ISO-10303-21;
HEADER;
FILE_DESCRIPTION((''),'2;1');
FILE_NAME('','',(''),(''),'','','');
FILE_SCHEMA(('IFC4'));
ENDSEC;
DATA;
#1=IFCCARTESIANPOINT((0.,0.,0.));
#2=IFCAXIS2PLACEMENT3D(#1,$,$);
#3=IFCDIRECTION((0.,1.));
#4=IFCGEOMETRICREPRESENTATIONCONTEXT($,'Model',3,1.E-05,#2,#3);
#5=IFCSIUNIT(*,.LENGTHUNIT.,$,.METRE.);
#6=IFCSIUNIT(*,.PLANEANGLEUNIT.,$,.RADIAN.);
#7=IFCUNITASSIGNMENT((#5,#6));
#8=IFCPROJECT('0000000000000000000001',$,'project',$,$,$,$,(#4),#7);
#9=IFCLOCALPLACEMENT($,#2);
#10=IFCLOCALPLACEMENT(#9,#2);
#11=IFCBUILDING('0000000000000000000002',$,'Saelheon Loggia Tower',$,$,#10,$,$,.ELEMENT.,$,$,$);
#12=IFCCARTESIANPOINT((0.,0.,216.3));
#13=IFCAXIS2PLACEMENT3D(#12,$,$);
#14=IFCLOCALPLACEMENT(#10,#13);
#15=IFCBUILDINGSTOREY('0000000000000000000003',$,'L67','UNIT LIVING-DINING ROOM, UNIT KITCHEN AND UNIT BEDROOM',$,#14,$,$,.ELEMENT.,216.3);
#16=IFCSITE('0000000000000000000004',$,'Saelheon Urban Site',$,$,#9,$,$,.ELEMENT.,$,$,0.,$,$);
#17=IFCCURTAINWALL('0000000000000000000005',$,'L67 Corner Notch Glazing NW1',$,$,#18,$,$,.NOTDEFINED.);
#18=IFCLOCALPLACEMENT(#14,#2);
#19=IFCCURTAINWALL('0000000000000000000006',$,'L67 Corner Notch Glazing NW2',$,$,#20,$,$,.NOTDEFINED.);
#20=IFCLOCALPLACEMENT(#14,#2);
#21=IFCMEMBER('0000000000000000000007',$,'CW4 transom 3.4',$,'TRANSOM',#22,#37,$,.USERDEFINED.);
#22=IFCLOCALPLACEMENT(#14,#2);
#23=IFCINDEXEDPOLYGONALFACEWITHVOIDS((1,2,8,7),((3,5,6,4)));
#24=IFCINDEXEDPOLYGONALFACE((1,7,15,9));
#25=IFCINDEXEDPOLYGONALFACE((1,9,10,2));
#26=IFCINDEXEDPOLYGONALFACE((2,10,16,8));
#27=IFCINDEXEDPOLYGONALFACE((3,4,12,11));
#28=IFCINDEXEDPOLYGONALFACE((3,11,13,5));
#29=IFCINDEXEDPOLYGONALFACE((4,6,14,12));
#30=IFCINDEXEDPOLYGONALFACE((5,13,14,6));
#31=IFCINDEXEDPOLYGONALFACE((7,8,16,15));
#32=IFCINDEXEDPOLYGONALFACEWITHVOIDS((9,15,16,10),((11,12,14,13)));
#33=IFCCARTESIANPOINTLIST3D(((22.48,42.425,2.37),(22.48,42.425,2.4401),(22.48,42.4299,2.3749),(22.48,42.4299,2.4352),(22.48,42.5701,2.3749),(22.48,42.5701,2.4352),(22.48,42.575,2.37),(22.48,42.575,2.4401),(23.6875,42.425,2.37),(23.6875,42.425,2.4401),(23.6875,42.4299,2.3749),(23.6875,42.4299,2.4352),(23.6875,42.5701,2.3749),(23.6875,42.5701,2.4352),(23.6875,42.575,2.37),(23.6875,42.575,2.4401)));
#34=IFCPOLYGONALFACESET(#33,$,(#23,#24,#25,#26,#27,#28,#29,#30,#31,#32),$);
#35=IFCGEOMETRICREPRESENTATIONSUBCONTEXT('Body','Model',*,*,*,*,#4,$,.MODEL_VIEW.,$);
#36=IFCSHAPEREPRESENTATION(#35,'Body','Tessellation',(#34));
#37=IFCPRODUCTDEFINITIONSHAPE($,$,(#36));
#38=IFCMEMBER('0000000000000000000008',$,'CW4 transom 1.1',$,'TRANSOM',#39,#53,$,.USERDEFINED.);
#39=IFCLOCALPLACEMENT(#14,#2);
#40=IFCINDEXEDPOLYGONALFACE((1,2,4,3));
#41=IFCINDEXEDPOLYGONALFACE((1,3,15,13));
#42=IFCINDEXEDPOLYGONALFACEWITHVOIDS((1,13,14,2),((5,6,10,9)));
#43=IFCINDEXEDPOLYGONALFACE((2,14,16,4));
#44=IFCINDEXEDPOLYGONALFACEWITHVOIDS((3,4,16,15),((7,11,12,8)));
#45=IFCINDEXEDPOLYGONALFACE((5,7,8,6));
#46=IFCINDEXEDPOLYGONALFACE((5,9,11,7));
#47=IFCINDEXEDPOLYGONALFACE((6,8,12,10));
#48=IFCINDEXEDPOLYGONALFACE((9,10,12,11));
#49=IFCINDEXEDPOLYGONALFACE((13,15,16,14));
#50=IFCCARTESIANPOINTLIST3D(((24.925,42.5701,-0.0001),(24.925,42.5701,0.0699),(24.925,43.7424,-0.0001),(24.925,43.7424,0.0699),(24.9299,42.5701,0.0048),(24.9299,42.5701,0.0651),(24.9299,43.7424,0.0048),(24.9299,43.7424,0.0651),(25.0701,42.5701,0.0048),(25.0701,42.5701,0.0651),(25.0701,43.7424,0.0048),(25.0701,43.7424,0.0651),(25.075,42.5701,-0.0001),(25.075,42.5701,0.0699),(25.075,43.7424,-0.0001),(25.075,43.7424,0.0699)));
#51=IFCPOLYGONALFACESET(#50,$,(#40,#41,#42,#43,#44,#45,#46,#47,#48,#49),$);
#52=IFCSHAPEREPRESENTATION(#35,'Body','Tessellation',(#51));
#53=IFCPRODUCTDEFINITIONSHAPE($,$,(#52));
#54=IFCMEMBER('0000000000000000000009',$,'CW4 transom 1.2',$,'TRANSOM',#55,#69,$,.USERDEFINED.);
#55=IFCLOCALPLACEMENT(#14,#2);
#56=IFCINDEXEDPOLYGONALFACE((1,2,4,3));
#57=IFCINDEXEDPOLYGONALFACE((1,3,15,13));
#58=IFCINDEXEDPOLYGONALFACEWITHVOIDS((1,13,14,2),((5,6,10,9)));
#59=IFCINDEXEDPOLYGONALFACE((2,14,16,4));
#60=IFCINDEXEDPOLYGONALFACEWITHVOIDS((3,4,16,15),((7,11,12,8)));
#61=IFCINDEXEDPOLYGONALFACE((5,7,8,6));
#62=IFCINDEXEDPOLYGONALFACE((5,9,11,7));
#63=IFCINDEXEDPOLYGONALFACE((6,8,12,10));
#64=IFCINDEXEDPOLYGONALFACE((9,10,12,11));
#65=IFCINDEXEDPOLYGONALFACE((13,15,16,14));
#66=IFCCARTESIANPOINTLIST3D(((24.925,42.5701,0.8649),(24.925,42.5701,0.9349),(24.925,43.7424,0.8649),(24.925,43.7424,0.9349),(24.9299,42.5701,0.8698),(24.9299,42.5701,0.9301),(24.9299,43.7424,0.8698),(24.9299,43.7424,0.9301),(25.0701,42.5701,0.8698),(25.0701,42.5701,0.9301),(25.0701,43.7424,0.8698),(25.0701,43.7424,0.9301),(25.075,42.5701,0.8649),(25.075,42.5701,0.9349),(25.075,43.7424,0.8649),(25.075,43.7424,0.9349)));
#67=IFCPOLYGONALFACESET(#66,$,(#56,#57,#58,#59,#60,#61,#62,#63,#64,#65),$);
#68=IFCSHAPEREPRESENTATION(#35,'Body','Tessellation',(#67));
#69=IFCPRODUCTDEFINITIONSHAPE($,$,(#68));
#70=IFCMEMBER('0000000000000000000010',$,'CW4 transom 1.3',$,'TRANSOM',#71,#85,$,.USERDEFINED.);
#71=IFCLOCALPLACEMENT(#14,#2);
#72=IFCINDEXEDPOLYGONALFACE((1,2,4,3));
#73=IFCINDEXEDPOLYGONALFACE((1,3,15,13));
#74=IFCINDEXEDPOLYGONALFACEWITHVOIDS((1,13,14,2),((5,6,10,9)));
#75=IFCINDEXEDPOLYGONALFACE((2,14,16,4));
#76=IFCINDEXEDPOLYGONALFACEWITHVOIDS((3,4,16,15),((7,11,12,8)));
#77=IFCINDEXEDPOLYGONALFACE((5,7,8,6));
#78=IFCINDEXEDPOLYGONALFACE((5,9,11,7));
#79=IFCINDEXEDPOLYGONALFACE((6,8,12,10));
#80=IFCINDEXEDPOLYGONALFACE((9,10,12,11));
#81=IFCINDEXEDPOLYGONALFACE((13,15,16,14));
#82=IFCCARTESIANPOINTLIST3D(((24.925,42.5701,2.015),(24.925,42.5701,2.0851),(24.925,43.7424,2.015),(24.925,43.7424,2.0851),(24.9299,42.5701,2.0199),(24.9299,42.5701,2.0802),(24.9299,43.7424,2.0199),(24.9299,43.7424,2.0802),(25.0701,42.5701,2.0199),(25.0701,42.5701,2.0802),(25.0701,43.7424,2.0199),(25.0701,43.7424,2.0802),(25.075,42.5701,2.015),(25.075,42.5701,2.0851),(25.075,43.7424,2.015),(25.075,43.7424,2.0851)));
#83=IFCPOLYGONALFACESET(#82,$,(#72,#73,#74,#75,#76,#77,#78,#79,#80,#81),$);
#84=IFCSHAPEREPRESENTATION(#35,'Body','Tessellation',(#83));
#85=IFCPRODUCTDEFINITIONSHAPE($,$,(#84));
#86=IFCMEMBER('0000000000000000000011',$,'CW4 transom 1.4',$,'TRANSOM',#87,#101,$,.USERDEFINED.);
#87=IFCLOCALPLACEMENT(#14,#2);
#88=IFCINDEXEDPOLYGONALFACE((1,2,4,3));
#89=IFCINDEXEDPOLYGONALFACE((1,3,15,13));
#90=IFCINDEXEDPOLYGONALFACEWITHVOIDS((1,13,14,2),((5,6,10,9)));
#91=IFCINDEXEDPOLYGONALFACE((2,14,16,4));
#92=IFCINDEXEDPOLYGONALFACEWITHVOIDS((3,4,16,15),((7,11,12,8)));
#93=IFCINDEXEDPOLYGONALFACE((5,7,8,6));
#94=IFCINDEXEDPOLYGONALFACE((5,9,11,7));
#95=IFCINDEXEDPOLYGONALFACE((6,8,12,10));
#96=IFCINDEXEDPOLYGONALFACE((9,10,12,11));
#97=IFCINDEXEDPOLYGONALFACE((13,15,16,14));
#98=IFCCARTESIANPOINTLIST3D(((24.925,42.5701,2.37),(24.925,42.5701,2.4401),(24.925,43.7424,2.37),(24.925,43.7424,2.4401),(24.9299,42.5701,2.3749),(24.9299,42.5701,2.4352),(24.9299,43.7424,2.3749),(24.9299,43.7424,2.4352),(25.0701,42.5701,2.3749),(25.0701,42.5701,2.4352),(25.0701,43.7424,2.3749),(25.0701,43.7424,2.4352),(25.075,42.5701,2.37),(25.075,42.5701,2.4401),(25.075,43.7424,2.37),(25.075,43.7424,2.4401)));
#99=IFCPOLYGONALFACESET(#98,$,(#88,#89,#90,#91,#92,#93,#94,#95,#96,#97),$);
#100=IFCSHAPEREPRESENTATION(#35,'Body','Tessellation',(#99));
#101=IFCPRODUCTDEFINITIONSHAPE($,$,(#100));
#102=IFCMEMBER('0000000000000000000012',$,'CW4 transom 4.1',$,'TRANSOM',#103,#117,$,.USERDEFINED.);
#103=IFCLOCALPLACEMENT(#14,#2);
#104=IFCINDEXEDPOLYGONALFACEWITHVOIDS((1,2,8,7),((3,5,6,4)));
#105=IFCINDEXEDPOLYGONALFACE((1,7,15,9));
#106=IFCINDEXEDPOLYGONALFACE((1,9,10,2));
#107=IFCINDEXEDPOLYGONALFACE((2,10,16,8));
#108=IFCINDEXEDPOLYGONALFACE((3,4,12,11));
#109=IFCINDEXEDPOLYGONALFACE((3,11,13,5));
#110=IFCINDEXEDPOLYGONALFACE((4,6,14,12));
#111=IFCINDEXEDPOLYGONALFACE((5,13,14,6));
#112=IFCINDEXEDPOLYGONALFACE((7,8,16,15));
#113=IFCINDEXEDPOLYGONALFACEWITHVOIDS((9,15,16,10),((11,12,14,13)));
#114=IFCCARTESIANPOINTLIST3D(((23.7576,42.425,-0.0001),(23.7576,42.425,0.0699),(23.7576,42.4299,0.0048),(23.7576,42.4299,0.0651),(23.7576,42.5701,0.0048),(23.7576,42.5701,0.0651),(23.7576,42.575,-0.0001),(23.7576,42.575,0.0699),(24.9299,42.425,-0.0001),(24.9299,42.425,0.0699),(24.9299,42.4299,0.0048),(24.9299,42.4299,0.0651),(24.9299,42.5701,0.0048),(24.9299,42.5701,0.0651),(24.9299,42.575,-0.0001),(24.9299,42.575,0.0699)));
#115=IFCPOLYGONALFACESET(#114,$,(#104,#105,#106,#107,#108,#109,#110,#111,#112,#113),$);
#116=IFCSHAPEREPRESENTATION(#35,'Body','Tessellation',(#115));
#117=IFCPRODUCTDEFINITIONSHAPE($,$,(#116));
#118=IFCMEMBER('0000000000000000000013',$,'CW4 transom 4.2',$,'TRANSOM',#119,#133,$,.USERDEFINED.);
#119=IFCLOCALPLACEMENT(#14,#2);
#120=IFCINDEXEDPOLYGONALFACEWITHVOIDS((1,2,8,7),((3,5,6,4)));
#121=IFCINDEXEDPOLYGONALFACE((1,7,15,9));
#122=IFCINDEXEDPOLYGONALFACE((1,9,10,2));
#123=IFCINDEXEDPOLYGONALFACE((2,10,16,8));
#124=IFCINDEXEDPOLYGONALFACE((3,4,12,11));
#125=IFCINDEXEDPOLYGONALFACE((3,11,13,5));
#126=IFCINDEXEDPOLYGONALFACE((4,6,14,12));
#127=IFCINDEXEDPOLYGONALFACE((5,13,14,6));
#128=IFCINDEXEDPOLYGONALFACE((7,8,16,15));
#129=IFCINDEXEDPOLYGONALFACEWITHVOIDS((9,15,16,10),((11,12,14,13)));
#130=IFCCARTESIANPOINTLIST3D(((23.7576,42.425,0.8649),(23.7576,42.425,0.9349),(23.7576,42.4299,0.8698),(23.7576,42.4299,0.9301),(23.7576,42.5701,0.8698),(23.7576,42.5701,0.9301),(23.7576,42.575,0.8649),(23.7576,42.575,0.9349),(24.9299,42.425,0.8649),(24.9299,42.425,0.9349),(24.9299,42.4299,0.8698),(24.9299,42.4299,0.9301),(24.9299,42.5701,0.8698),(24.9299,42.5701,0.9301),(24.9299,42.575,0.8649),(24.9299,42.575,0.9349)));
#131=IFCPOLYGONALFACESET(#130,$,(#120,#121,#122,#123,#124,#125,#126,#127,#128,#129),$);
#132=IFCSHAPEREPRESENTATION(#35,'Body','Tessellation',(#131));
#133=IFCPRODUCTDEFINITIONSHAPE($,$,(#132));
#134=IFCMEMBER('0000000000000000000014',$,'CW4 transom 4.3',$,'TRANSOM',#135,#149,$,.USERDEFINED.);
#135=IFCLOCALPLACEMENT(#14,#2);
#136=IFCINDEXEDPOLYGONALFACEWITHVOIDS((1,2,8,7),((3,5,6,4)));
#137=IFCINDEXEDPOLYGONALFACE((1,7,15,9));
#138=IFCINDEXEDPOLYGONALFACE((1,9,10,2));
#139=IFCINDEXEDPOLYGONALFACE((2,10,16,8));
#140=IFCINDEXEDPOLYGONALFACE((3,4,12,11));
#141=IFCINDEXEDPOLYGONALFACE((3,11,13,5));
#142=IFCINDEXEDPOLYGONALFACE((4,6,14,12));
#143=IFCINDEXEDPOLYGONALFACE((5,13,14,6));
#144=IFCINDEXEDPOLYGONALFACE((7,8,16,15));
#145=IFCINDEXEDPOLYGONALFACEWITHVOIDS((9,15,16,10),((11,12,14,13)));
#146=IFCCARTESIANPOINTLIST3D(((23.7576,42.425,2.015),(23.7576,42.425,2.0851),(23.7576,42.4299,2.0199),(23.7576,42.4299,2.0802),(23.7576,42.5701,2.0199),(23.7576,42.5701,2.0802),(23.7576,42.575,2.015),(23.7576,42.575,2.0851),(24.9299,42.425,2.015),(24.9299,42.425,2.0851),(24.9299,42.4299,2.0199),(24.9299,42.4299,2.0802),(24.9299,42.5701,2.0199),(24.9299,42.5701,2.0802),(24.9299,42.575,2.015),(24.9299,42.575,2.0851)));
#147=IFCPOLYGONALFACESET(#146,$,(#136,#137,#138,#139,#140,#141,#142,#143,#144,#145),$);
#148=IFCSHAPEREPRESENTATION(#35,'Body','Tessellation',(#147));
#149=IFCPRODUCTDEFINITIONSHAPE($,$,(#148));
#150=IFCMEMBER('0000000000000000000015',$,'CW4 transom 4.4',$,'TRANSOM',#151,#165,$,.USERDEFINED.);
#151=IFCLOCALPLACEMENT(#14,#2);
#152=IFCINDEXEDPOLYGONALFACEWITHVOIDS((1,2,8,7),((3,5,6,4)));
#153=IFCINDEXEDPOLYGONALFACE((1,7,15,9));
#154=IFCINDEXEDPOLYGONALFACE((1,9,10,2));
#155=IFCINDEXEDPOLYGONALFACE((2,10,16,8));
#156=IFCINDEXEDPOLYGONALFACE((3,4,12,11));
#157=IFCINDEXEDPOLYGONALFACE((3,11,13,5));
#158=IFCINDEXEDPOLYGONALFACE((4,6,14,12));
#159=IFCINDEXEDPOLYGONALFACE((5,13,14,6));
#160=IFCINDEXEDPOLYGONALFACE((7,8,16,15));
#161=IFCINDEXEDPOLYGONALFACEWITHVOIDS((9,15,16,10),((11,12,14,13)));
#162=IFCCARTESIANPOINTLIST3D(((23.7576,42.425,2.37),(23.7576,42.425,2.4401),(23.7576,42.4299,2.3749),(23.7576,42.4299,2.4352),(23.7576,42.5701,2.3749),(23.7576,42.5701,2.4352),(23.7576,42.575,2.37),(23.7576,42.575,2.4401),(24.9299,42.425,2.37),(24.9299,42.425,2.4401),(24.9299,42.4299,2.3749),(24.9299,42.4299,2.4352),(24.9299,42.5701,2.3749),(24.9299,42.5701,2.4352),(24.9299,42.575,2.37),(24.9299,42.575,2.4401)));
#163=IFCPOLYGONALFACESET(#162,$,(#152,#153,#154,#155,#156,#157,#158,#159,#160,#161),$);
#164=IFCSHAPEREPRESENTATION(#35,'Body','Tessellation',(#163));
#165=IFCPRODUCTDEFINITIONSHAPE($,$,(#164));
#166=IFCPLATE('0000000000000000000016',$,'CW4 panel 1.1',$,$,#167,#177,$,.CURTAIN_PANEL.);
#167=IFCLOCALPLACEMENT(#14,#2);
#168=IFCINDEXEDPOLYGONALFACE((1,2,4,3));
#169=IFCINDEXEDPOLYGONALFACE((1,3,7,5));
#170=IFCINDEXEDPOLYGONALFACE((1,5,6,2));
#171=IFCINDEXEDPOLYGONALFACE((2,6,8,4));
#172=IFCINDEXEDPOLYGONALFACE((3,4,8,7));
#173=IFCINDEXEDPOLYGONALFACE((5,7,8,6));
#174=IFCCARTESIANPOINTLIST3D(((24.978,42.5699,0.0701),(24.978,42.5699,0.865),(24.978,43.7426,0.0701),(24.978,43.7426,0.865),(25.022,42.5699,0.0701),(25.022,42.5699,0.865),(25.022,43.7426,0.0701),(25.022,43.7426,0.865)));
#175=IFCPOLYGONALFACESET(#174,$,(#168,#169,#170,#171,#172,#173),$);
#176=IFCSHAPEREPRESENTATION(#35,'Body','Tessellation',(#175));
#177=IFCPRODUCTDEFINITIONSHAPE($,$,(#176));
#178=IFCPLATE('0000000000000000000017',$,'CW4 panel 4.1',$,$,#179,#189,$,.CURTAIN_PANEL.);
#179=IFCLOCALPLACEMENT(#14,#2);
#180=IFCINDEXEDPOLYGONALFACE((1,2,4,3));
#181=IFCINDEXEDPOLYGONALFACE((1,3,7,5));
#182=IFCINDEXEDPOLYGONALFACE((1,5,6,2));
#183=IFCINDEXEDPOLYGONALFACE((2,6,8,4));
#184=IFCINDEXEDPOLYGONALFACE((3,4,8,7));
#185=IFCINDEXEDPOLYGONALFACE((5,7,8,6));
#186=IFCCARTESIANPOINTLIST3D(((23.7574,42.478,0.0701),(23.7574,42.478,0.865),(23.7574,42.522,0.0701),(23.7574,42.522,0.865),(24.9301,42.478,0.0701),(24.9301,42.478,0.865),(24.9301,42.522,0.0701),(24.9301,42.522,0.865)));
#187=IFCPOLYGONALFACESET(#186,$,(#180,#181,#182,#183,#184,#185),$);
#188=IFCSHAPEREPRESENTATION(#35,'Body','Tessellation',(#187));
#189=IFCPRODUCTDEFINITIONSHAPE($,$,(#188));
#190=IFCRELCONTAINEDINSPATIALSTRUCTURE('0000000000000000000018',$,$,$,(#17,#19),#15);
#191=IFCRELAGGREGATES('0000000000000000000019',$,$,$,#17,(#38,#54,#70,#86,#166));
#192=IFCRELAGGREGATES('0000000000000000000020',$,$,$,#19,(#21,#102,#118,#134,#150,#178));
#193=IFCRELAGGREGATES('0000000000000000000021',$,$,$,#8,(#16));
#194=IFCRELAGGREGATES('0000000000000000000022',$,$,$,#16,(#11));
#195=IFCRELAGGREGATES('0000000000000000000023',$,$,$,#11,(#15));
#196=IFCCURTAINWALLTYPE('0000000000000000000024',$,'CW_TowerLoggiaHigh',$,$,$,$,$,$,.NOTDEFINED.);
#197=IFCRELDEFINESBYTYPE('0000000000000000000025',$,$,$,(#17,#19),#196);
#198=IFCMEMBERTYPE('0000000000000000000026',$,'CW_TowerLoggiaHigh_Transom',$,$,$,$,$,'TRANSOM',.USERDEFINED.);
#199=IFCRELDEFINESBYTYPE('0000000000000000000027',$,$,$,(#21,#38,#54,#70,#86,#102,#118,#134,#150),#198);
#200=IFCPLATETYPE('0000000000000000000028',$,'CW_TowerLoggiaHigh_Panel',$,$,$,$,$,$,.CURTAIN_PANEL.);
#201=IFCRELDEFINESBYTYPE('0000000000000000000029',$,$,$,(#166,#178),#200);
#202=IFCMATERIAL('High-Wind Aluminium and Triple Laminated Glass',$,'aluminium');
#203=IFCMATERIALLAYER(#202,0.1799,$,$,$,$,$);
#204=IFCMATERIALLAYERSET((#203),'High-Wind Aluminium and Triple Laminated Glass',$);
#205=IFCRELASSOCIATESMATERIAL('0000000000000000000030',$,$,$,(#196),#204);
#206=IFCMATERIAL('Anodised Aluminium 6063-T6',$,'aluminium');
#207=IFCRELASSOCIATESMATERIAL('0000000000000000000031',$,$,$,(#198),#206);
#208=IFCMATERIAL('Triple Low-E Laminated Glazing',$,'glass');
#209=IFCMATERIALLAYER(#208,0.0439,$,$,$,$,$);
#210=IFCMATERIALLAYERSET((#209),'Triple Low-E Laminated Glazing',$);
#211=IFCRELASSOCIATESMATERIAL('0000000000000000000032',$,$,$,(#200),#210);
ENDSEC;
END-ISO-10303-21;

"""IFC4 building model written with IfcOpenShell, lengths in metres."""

from ifc_helpers import new_model, si_unit, direction, frame, origin, origin_2d, place, context, subcontext, project, spatial, rectangle, hollow_rectangle, extrude, source, transform, mapped, material, layer, layer_set, material_profile, profile_set, type_object, element, aggregate, save


model = new_model("IFC4")

# Units and contexts
model_context = context("Model", 3, precision=1e-05, world=origin(), true_north=direction((0.0, 1.0)))
body_context = subcontext(model_context, "Body", "Model", "MODEL_VIEW")
ifc_project = project(units=[si_unit("LENGTHUNIT", "METRE"), si_unit("PLANEANGLEUNIT", "RADIAN")], contexts=[model_context])

# Site, building, storey
site_placement = place(None, origin())
site = spatial("IfcSite", under=ifc_project, at=site_placement, Name="Saelheon Urban Site", CompositionType="ELEMENT", RefElevation=0.0)
building_placement = place(site_placement, origin())
building = spatial("IfcBuilding", under=site, at=building_placement, Name="Saelheon Loggia Tower", CompositionType="ELEMENT")
storey_placement = place(building_placement, frame((0.0, 0.0, 216.3)))
storey = spatial("IfcBuildingStorey", under=building, at=storey_placement, Name="L67", Description="UNIT LIVING-DINING ROOM, UNIT KITCHEN AND UNIT BEDROOM", CompositionType="ELEMENT", Elevation=216.3)

# Curtain walls, member
ifc_material_1 = material(Name="High-Wind Aluminium and Triple Laminated Glass", Category="aluminium")
ifc_layer_1 = layer(ifc_material_1, 0.1799)
ifc_layer_set_1 = layer_set([ifc_layer_1], Name="High-Wind Aluminium and Triple Laminated Glass")
curtain_wall_type = type_object("IfcCurtainWallType", Name="CW_TowerLoggiaHigh", PredefinedType="NOTDEFINED", material=ifc_layer_set_1)
curtain_wall_1_placement = place(storey_placement, origin())
curtain_wall_1 = element("IfcCurtainWall", 1, at=curtain_wall_1_placement, inside=storey, type_object=curtain_wall_type, Name="L67 Corner Notch Glazing NW1", PredefinedType="NOTDEFINED")
ifc_material_2 = material(Name="Anodised Aluminium 6063-T6", Category="aluminium")
curtain_wall_2_placement = place(storey_placement, origin())
curtain_wall_2 = element("IfcCurtainWall", 2, at=curtain_wall_2_placement, inside=storey, type_object=curtain_wall_type, Name="L67 Corner Notch Glazing NW2", PredefinedType="NOTDEFINED")
ifc_material_profile_1 = material_profile(ifc_material_2, hollow_rectangle(XDim=0.0701, YDim=0.1499, WallThickness=0.0049, at=origin_2d()), Name="RHS-150x70x5")
ifc_profile_set_1 = profile_set([ifc_material_profile_1], Name="Anodised Aluminium 6063-T6")
member_type_1 = type_object("IfcMemberType", Name="CW_TowerLoggiaHigh_Transom", ElementType="TRANSOM", PredefinedType="USERDEFINED", material=ifc_profile_set_1)
shared_shape_1 = source(origin(), body_context, "Body", "SweptSolid", [
    extrude(hollow_rectangle(XDim=0.0701, YDim=0.1499, WallThickness=0.0049, at=origin_2d()), origin(), (0.0, 0.0, 1.0), 1.2075),
])
member_1_placement = place(storey_placement, frame((22.48, 42.5, 2.405), z_axis=(1.0, 0.0, 0.0), x_axis=(0.0, 0.0, 1.0)))
member_1 = element("IfcMember", 3, at=member_1_placement, type_object=member_type_1, Name="CW4 transom 3.4", ObjectType="TRANSOM", PredefinedType="USERDEFINED", context=body_context, shape_type="MappedRepresentation", body=[
    mapped(shared_shape_1, transform((0.0, 0.0, 0.0), scale=1.0)),
])

# Members
shared_shape_2 = source(origin(), body_context, "Body", "SweptSolid", [
    extrude(hollow_rectangle(XDim=0.0701, YDim=0.1499, WallThickness=0.0049, at=origin_2d()), origin(), (0.0, 0.0, 1.0), 1.1724),
])
member_2_placement = place(storey_placement, frame((25.0, 42.5701, 0.0349), z_axis=(0.0, 1.0, 0.0), x_axis=(0.0, 0.0, 1.0)))
member_2 = element("IfcMember", 4, at=member_2_placement, type_object=member_type_1, Name="CW4 transom 1.1", ObjectType="TRANSOM", PredefinedType="USERDEFINED", context=body_context, shape_type="MappedRepresentation", body=[
    mapped(shared_shape_2, transform((0.0, 0.0, 0.0), scale=1.0)),
])
member_3_placement = place(storey_placement, frame((25.0, 42.5701, 0.8999), z_axis=(0.0, 1.0, 0.0), x_axis=(0.0, 0.0, 1.0)))
member_3 = element("IfcMember", 5, at=member_3_placement, type_object=member_type_1, Name="CW4 transom 1.2", ObjectType="TRANSOM", PredefinedType="USERDEFINED", context=body_context, shape_type="MappedRepresentation", body=[
    mapped(shared_shape_2, transform((0.0, 0.0, 0.0), scale=1.0)),
])
member_4_placement = place(storey_placement, frame((25.0, 42.5701, 2.05), z_axis=(0.0, 1.0, 0.0), x_axis=(0.0, 0.0, 1.0)))
member_4 = element("IfcMember", 6, at=member_4_placement, type_object=member_type_1, Name="CW4 transom 1.3", ObjectType="TRANSOM", PredefinedType="USERDEFINED", context=body_context, shape_type="MappedRepresentation", body=[
    mapped(shared_shape_2, transform((0.0, 0.0, 0.0), scale=1.0)),
])
member_5_placement = place(storey_placement, frame((25.0, 42.5701, 2.405), z_axis=(0.0, 1.0, 0.0), x_axis=(0.0, 0.0, 1.0)))
member_5 = element("IfcMember", 7, at=member_5_placement, type_object=member_type_1, Name="CW4 transom 1.4", ObjectType="TRANSOM", PredefinedType="USERDEFINED", context=body_context, shape_type="MappedRepresentation", body=[
    mapped(shared_shape_2, transform((0.0, 0.0, 0.0), scale=1.0)),
])
member_6_placement = place(storey_placement, frame((23.7576, 42.5, 0.0349), z_axis=(1.0, 0.0, 0.0), x_axis=(0.0, 0.0, 1.0)))
member_6 = element("IfcMember", 8, at=member_6_placement, type_object=member_type_1, Name="CW4 transom 4.1", ObjectType="TRANSOM", PredefinedType="USERDEFINED", context=body_context, shape_type="MappedRepresentation", body=[
    mapped(shared_shape_2, transform((0.0, 0.0, 0.0), scale=1.0)),
])
member_7_placement = place(storey_placement, frame((23.7576, 42.5, 0.8999), z_axis=(1.0, 0.0, 0.0), x_axis=(0.0, 0.0, 1.0)))
member_7 = element("IfcMember", 9, at=member_7_placement, type_object=member_type_1, Name="CW4 transom 4.2", ObjectType="TRANSOM", PredefinedType="USERDEFINED", context=body_context, shape_type="MappedRepresentation", body=[
    mapped(shared_shape_2, transform((0.0, 0.0, 0.0), scale=1.0)),
])
member_8_placement = place(storey_placement, frame((23.7576, 42.5, 2.05), z_axis=(1.0, 0.0, 0.0), x_axis=(0.0, 0.0, 1.0)))
member_8 = element("IfcMember", 10, at=member_8_placement, type_object=member_type_1, Name="CW4 transom 4.3", ObjectType="TRANSOM", PredefinedType="USERDEFINED", context=body_context, shape_type="MappedRepresentation", body=[
    mapped(shared_shape_2, transform((0.0, 0.0, 0.0), scale=1.0)),
])
member_9_placement = place(storey_placement, frame((23.7576, 42.5, 2.405), z_axis=(1.0, 0.0, 0.0), x_axis=(0.0, 0.0, 1.0)))
member_9 = element("IfcMember", 11, at=member_9_placement, type_object=member_type_1, Name="CW4 transom 4.4", ObjectType="TRANSOM", PredefinedType="USERDEFINED", context=body_context, shape_type="MappedRepresentation", body=[
    mapped(shared_shape_2, transform((0.0, 0.0, 0.0), scale=1.0)),
])

# Plates
ifc_material_3 = material(Name="Triple Low-E Laminated Glazing", Category="glass")
ifc_layer_2 = layer(ifc_material_3, 0.0439)
ifc_layer_set_2 = layer_set([ifc_layer_2], Name="Triple Low-E Laminated Glazing")
plate_type = type_object("IfcPlateType", Name="CW_TowerLoggiaHigh_Panel", PredefinedType="CURTAIN_PANEL", material=ifc_layer_set_2)
shared_shape_3 = source(origin(), body_context, "Body", "SweptSolid", [
    extrude(rectangle(XDim=1.1726, YDim=0.0439, at=origin_2d()), origin(), (0.0, 0.0, 1.0), 0.7949),
])
plate_1_placement = place(storey_placement, frame((25.0, 43.1562, 0.0701), z_axis=(0.0, 0.0, 1.0), x_axis=(0.0, 1.0, 0.0)))
plate_1 = element("IfcPlate", 12, at=plate_1_placement, type_object=plate_type, Name="CW4 panel 1.1", PredefinedType="CURTAIN_PANEL", context=body_context, shape_type="MappedRepresentation", body=[
    mapped(shared_shape_3, transform((0.0, 0.0, 0.0), scale=1.0)),
])
plate_2_placement = place(storey_placement, frame((24.3438, 42.5, 0.0701), z_axis=(0.0, 0.0, 1.0), x_axis=(1.0, 0.0, 0.0)))
plate_2 = element("IfcPlate", 13, at=plate_2_placement, type_object=plate_type, Name="CW4 panel 4.1", PredefinedType="CURTAIN_PANEL", context=body_context, shape_type="MappedRepresentation", body=[
    mapped(shared_shape_3, transform((0.0, 0.0, 0.0), scale=1.0)),
])
aggregate(curtain_wall_1, [member_2, member_3, member_4, member_5, plate_1])
aggregate(curtain_wall_2, [member_1, member_6, member_7, member_8, member_9, plate_2])

save(model, "model.ifc")
